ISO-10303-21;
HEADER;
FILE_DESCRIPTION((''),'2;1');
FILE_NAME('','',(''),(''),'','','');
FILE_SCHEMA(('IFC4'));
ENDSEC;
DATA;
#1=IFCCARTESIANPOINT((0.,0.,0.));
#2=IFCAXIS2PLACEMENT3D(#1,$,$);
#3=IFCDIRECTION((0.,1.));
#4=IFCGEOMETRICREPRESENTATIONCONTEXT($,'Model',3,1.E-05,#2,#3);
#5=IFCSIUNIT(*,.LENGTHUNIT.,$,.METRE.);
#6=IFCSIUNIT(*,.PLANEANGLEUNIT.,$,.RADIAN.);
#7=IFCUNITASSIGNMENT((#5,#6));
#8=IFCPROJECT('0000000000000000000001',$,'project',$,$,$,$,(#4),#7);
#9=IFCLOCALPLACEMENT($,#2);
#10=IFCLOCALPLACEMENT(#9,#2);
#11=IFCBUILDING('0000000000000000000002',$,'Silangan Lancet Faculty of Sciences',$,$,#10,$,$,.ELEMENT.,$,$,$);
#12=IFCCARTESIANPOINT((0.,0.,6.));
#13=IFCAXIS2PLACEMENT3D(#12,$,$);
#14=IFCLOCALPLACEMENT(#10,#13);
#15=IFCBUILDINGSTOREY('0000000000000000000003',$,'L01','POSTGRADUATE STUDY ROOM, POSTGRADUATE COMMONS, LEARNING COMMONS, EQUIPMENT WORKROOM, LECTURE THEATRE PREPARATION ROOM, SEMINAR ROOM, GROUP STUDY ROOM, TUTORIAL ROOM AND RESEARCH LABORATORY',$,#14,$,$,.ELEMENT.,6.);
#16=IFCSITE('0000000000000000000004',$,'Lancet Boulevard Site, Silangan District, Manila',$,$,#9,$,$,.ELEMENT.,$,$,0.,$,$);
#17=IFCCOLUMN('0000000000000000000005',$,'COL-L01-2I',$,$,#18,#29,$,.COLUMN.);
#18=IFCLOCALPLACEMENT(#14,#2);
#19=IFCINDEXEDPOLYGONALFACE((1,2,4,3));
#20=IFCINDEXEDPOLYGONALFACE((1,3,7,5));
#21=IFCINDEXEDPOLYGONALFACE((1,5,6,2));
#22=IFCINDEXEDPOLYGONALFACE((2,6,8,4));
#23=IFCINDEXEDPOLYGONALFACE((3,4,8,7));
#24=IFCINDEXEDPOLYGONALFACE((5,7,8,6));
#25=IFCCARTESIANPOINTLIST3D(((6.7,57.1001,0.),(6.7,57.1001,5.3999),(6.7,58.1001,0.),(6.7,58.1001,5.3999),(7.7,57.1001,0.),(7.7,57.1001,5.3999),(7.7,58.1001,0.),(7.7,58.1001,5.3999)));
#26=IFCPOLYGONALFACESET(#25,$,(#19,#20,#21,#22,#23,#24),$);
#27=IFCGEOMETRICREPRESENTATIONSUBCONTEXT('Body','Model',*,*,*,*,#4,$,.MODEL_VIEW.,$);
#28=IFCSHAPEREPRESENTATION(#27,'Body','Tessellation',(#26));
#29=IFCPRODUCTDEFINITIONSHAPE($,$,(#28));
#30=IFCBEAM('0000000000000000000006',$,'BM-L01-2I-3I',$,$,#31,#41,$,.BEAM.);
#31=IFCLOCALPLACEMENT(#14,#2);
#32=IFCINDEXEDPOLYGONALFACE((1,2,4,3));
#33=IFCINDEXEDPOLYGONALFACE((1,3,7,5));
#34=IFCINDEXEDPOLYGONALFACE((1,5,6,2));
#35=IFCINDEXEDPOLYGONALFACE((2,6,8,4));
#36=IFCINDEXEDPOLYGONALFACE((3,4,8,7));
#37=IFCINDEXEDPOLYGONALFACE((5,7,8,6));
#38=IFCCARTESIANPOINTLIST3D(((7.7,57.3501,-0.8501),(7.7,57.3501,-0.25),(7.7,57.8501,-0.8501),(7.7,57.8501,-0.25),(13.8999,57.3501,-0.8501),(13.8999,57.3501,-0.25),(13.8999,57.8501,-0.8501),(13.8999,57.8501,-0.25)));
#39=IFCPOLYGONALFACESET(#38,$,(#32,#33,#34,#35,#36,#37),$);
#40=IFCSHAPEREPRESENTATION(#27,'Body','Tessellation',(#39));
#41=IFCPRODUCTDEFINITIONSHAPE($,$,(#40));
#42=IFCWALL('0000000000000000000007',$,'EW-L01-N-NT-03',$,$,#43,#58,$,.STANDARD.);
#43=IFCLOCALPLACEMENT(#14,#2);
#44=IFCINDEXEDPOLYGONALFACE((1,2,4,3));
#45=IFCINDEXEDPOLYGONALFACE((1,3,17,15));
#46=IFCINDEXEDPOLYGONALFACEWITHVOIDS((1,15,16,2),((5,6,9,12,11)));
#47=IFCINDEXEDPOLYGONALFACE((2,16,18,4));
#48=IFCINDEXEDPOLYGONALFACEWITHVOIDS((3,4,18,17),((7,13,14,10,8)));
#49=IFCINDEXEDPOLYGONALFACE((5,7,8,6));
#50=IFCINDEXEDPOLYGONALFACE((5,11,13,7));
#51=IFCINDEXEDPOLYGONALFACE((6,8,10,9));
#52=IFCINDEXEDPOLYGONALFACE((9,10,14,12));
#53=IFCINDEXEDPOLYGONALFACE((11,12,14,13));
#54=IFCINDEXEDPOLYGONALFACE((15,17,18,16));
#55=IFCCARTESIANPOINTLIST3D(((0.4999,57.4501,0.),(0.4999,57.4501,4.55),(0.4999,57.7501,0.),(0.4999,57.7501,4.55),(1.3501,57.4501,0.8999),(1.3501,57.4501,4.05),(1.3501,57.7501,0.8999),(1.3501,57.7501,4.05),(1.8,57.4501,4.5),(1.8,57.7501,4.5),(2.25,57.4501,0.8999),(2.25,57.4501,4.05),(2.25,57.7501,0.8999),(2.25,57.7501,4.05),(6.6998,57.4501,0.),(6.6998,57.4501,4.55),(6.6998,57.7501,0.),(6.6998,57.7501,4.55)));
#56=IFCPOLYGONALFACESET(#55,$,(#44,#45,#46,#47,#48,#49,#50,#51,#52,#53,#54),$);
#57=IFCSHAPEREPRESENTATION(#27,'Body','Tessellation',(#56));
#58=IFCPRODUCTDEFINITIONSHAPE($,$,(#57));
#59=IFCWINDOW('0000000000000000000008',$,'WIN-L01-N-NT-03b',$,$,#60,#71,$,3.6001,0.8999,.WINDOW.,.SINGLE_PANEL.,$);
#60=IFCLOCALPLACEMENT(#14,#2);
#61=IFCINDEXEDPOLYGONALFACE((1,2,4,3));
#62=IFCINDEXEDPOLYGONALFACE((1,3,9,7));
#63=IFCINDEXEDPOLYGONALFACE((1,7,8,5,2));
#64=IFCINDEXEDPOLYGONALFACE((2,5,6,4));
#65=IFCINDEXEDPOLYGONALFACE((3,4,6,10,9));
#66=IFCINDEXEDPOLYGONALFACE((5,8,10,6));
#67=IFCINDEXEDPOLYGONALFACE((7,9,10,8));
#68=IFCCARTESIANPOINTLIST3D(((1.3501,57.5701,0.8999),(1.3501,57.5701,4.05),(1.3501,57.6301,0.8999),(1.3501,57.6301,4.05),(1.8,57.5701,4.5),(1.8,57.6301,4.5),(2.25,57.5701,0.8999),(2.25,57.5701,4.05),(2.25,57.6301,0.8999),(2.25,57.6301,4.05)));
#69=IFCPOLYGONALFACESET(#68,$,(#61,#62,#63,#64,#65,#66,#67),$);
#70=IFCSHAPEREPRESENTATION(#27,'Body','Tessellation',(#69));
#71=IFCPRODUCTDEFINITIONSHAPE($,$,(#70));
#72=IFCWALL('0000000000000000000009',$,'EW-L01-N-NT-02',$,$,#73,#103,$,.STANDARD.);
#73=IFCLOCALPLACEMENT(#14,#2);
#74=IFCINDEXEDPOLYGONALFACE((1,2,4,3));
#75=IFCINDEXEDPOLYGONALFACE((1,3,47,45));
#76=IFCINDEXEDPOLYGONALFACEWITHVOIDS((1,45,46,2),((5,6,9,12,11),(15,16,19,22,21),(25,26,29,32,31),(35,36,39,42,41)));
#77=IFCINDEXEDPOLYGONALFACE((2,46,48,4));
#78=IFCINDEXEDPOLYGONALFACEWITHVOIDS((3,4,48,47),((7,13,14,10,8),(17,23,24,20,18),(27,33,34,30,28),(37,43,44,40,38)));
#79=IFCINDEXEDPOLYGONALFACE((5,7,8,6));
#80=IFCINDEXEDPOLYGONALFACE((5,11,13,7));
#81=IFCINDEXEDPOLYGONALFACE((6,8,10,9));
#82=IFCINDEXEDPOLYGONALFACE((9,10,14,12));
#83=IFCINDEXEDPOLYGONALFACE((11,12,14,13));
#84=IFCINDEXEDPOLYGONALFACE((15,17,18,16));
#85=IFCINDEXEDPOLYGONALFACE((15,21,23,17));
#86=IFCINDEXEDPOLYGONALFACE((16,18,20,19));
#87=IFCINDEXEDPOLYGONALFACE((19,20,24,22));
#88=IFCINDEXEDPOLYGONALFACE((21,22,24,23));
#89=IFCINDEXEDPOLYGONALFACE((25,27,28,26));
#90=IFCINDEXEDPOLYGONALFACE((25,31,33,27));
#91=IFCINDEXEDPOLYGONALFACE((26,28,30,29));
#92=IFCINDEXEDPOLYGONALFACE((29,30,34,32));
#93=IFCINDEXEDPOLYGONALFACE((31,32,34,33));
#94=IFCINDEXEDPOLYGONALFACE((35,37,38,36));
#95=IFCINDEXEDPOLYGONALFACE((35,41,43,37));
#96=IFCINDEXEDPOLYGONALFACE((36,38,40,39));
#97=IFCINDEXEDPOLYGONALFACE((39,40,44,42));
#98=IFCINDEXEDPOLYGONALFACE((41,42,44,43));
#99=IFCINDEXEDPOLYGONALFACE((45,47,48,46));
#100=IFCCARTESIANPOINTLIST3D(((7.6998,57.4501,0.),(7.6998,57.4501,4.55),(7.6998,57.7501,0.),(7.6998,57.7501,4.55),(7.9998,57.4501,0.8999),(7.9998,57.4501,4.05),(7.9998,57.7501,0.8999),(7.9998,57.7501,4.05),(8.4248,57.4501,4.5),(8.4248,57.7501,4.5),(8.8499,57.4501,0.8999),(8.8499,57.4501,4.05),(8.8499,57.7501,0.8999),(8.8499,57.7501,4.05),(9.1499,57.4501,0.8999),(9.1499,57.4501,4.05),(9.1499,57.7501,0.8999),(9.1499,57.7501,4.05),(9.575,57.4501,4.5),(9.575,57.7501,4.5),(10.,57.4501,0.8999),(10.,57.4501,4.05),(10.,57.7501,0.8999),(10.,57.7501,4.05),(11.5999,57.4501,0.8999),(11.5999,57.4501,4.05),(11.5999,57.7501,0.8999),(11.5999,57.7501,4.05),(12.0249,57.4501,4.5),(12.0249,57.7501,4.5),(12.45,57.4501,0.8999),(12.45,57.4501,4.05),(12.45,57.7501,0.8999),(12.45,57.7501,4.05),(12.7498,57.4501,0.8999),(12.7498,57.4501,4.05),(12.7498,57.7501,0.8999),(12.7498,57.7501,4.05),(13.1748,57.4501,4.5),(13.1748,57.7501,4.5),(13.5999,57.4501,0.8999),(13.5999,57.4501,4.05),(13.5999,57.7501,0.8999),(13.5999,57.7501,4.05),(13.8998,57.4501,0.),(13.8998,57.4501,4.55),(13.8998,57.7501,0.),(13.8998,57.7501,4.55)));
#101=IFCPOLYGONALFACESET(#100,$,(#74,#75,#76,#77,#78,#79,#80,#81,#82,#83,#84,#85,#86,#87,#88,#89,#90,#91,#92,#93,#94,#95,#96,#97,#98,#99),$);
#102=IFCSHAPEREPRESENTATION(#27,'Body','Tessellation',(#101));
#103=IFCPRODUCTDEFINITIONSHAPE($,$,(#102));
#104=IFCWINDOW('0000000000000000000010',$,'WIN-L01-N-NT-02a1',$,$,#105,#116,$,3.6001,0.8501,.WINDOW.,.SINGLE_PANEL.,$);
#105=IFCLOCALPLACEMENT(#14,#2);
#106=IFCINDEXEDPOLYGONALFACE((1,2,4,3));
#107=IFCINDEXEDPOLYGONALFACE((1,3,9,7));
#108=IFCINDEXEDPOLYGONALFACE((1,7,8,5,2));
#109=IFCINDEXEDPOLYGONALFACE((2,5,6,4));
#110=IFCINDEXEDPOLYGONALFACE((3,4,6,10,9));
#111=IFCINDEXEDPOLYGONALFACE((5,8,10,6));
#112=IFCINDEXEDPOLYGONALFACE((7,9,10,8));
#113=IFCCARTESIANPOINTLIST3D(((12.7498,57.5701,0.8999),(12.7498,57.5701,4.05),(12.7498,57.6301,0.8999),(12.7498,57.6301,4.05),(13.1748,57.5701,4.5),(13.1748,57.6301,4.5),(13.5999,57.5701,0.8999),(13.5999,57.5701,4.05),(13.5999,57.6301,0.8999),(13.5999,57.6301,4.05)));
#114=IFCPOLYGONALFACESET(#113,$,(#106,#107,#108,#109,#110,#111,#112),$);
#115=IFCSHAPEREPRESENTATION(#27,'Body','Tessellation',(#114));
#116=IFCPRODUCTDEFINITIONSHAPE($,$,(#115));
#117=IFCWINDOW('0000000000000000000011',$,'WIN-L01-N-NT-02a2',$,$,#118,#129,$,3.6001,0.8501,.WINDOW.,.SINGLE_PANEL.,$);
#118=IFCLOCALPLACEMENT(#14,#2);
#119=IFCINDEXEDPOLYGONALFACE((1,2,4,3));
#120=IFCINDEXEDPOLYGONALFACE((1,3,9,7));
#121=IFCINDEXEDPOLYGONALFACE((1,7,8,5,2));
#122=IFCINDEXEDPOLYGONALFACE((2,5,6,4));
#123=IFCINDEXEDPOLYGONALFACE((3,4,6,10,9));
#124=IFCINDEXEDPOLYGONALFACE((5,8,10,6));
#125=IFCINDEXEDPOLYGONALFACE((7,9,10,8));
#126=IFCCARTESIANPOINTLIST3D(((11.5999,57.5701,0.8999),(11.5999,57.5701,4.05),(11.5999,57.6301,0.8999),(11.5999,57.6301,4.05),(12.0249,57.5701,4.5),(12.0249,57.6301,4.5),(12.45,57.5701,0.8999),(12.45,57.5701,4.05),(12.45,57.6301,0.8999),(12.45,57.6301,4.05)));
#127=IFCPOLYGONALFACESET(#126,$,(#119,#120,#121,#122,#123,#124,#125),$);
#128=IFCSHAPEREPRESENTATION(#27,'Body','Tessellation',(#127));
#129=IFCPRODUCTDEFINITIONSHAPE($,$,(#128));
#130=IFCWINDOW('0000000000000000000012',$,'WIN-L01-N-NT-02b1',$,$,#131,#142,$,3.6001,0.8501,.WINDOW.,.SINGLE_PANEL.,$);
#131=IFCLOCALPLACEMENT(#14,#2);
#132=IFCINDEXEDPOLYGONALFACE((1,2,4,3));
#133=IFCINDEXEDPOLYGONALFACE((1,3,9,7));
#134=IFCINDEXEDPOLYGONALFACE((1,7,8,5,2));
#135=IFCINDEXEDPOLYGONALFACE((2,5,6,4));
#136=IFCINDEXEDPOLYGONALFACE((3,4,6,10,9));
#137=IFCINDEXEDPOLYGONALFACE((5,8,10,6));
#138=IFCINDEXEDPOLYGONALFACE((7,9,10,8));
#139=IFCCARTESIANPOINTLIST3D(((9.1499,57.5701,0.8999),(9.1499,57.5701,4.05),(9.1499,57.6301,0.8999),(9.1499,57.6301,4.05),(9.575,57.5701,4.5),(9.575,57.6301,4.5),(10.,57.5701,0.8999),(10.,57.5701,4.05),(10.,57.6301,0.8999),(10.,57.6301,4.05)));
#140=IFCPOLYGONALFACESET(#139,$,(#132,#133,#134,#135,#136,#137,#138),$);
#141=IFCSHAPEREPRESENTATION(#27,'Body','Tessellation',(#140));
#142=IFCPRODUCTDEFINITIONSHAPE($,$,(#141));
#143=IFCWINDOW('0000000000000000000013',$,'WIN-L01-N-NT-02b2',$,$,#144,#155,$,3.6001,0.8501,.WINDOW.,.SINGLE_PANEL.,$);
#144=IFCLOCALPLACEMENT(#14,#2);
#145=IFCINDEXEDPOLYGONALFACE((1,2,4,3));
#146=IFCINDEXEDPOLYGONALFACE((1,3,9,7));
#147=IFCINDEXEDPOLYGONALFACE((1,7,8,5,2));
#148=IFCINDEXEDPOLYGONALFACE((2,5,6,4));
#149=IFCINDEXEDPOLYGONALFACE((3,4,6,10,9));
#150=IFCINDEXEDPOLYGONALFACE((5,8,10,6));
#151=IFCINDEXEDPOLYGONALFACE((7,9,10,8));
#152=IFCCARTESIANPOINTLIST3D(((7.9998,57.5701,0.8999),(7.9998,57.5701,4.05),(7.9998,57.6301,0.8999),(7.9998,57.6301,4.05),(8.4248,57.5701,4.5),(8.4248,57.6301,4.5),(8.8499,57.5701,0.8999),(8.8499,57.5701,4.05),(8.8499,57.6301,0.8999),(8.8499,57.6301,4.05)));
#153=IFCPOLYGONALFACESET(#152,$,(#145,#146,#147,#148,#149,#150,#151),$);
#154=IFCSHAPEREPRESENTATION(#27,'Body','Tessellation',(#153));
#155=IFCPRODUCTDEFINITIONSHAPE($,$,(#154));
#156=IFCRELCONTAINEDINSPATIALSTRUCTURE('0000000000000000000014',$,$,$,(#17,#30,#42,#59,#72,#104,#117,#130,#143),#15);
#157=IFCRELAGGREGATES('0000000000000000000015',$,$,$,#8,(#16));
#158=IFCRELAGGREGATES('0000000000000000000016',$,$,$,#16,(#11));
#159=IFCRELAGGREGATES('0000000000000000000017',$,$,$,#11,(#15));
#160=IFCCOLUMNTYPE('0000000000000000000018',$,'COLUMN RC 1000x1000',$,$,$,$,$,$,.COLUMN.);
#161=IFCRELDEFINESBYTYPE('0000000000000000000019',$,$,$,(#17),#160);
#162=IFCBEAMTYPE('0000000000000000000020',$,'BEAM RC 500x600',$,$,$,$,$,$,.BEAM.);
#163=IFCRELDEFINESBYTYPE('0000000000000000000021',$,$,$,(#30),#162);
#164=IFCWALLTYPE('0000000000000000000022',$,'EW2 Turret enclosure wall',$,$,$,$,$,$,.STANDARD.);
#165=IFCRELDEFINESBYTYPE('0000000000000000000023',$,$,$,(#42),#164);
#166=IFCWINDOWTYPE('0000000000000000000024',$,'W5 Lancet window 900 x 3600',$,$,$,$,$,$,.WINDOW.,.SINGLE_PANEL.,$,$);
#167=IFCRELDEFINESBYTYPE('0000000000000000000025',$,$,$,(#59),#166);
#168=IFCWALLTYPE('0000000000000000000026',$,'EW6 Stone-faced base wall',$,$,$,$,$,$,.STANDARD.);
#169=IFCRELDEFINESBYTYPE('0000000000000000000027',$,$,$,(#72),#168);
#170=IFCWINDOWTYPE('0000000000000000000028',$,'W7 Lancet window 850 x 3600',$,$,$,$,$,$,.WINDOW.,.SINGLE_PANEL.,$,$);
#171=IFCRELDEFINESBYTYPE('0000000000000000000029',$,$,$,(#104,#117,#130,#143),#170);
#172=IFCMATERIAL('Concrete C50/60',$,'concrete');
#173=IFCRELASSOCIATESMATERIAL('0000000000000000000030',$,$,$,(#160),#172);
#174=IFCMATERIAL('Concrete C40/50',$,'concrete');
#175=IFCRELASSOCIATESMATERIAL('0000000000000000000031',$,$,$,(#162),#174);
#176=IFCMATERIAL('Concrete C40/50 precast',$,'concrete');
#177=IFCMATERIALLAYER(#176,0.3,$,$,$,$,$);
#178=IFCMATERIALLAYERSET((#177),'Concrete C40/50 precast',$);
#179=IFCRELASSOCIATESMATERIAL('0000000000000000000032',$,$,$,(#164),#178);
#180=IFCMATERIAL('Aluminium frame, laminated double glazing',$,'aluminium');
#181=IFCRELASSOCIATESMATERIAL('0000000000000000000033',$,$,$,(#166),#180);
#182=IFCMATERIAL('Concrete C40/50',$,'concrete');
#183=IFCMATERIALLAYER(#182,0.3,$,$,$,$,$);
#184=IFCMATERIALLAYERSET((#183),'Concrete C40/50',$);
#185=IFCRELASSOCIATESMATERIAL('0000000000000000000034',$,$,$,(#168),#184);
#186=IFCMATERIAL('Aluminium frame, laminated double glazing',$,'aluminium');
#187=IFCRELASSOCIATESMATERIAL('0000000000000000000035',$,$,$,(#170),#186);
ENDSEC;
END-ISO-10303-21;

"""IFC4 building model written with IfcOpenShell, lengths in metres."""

from ifc_helpers import new_model, si_unit, direction, frame, frame_2d, origin, origin_2d, place, context, subcontext, project, spatial, polyline, rectangle, outline, extrude, material, layer, layer_set, material_profile, profile_set, type_object, element, fill, save


model = new_model("IFC4")

# Units and contexts
model_context = context("Model", 3, precision=1e-05, world=origin(), true_north=direction((0.0, 1.0)))
body_context = subcontext(model_context, "Body", "Model", "MODEL_VIEW")
ifc_project = project(units=[si_unit("LENGTHUNIT", "METRE"), si_unit("PLANEANGLEUNIT", "RADIAN")], contexts=[model_context])

# Site, building, storey
site_placement = place(None, origin())
site = spatial("IfcSite", under=ifc_project, at=site_placement, Name="Lancet Boulevard Site, Silangan District, Manila", CompositionType="ELEMENT", RefElevation=0.0)
building_placement = place(site_placement, origin())
building = spatial("IfcBuilding", under=site, at=building_placement, Name="Silangan Lancet Faculty of Sciences", CompositionType="ELEMENT")
storey_placement = place(building_placement, frame((0.0, 0.0, 6.0)))
storey = spatial("IfcBuildingStorey", under=building, at=storey_placement, Name="L01", Description="POSTGRADUATE STUDY ROOM, POSTGRADUATE COMMONS, LEARNING COMMONS, EQUIPMENT WORKROOM, LECTURE THEATRE PREPARATION ROOM, SEMINAR ROOM, GROUP STUDY ROOM, TUTORIAL ROOM AND RESEARCH LABORATORY", CompositionType="ELEMENT", Elevation=6.0)

# Column
ifc_material_1 = material(Name="Concrete C50/60", Category="concrete")
ifc_material_profile_1 = material_profile(ifc_material_1, rectangle(XDim=1.0, YDim=1.0, at=origin_2d()), Name="RC 1000x1000")
ifc_profile_set_1 = profile_set([ifc_material_profile_1], Name="Concrete C50/60")
column_type = type_object("IfcColumnType", Name="COLUMN RC 1000x1000", PredefinedType="COLUMN", material=ifc_profile_set_1)
column_placement = place(storey_placement, frame((7.2, 57.6001, 0.0), z_axis=(0.0, 0.0, 1.0), x_axis=(1.0, 0.0, 0.0)))
element("IfcColumn", 1, at=column_placement, inside=storey, type_object=column_type, Name="COL-L01-2I", PredefinedType="COLUMN", context=body_context, shape_type="SweptSolid", body=[
    extrude(rectangle(XDim=1.0, YDim=1.0, at=origin_2d()), origin(), (0.0, 0.0, 1.0), 5.3999),
])

# Beam
ifc_material_2 = material(Name="Concrete C40/50", Category="concrete")
ifc_material_profile_2 = material_profile(ifc_material_2, rectangle(XDim=0.5, YDim=0.6001, at=origin_2d()), Name="RC 500x600")
ifc_profile_set_2 = profile_set([ifc_material_profile_2], Name="Concrete C40/50")
beam_type = type_object("IfcBeamType", Name="BEAM RC 500x600", PredefinedType="BEAM", material=ifc_profile_set_2)
beam_placement = place(storey_placement, frame((7.7, 57.6001, -0.55), z_axis=(1.0, 0.0, 0.0), x_axis=(0.0, 1.0, 0.0)))
element("IfcBeam", 2, at=beam_placement, inside=storey, type_object=beam_type, Name="BM-L01-2I-3I", PredefinedType="BEAM", context=body_context, shape_type="SweptSolid", body=[
    extrude(rectangle(XDim=0.5, YDim=0.6001, at=origin_2d()), origin(), (0.0, 0.0, 1.0), 6.2),
])

# Wall, opening, window
ifc_material_3 = material(Name="Concrete C40/50 precast", Category="concrete")
ifc_layer_1 = layer(ifc_material_3, 0.3)
ifc_layer_set_1 = layer_set([ifc_layer_1], Name="Concrete C40/50 precast")
wall_type_1 = type_object("IfcWallType", Name="EW2 Turret enclosure wall", PredefinedType="STANDARD", material=ifc_layer_set_1)
wall_1_placement = place(storey_placement, frame((6.7, 57.6001, 0.0), z_axis=(0.0, 0.0, 1.0), x_axis=(-1.0, 0.0, 0.0)))
wall_1 = element("IfcWall", 3, at=wall_1_placement, inside=storey, type_object=wall_type_1, Name="EW-L01-N-NT-03", PredefinedType="STANDARD", context=body_context, shape_type="SweptSolid", body=[
    extrude(rectangle(XDim=6.2, YDim=0.3, at=frame_2d((3.1001, 0.0))), origin(), (0.0, 0.0, 1.0), 4.55),
])
opening_1_placement = place(wall_1_placement, frame((4.45, 0.0, 0.8999)))
opening_1 = element("IfcOpeningElement", 4, at=opening_1_placement, cuts=wall_1, PredefinedType="OPENING", context=body_context, shape_type="SweptSolid", body=[
    extrude(outline(polyline([(0.0, 0.0), (0.8999, 0.0), (0.8999, 3.1501), (0.45, 3.6001), (0.0, 3.1501), (0.0, 0.0)])), frame((0.0, 0.1599, 0.0), z_axis=(0.0, -1.0, 0.0), x_axis=(1.0, 0.0, 0.0)), (0.0, 0.0, 1.0), 0.3201),
])
ifc_material_4 = material(Name="Aluminium frame, laminated double glazing", Category="aluminium")
window_type_1 = type_object("IfcWindowType", Name="W5 Lancet window 900 x 3600", PartitioningType="SINGLE_PANEL", PredefinedType="WINDOW", material=ifc_material_4)
window_1_placement = place(opening_1_placement, origin())
window_1 = element("IfcWindow", 5, at=window_1_placement, inside=storey, type_object=window_type_1, Name="WIN-L01-N-NT-03b", OverallHeight=3.6001, OverallWidth=0.8999, PartitioningType="SINGLE_PANEL", PredefinedType="WINDOW", context=body_context, shape_type="SweptSolid", body=[
    extrude(outline(polyline([(0.0, 0.0), (0.8999, 0.0), (0.8999, 3.1501), (0.45, 3.6001), (0.0, 3.1501), (0.0, 0.0)])), frame((0.0, 0.03, 0.0), z_axis=(0.0, -1.0, 0.0), x_axis=(1.0, 0.0, 0.0)), (0.0, 0.0, 1.0), 0.0601),
])
fill(opening_1, window_1)

# Wall, openings, windows
ifc_material_5 = material(Name="Concrete C40/50", Category="concrete")
ifc_layer_2 = layer(ifc_material_5, 0.3)
ifc_layer_set_2 = layer_set([ifc_layer_2], Name="Concrete C40/50")
wall_type_2 = type_object("IfcWallType", Name="EW6 Stone-faced base wall", PredefinedType="STANDARD", material=ifc_layer_set_2)
wall_2_placement = place(storey_placement, frame((13.8999, 57.6001, 0.0), z_axis=(0.0, 0.0, 1.0), x_axis=(-1.0, 0.0, 0.0)))
wall_2 = element("IfcWall", 6, at=wall_2_placement, inside=storey, type_object=wall_type_2, Name="EW-L01-N-NT-02", PredefinedType="STANDARD", context=body_context, shape_type="SweptSolid", body=[
    extrude(rectangle(XDim=6.2, YDim=0.3, at=frame_2d((3.1001, 0.0))), origin(), (0.0, 0.0, 1.0), 4.55),
])
opening_2_placement = place(wall_2_placement, frame((0.3, 0.0, 0.8999)))
opening_2 = element("IfcOpeningElement", 7, at=opening_2_placement, cuts=wall_2, PredefinedType="OPENING", context=body_context, shape_type="SweptSolid", body=[
    extrude(outline(polyline([(0.0, 0.0), (0.8501, 0.0), (0.8501, 3.1501), (0.425, 3.6001), (0.0, 3.1501), (0.0, 0.0)])), frame((0.0, 0.1599, 0.0), z_axis=(0.0, -1.0, 0.0), x_axis=(1.0, 0.0, 0.0)), (0.0, 0.0, 1.0), 0.3201),
])
opening_3_placement = place(wall_2_placement, frame((1.45, 0.0, 0.8999)))
opening_3 = element("IfcOpeningElement", 8, at=opening_3_placement, cuts=wall_2, PredefinedType="OPENING", context=body_context, shape_type="SweptSolid", body=[
    extrude(outline(polyline([(0.0, 0.0), (0.8501, 0.0), (0.8501, 3.1501), (0.425, 3.6001), (0.0, 3.1501), (0.0, 0.0)])), frame((0.0, 0.1599, 0.0), z_axis=(0.0, -1.0, 0.0), x_axis=(1.0, 0.0, 0.0)), (0.0, 0.0, 1.0), 0.3201),
])
opening_4_placement = place(wall_2_placement, frame((3.8999, 0.0, 0.8999)))
opening_4 = element("IfcOpeningElement", 9, at=opening_4_placement, cuts=wall_2, PredefinedType="OPENING", context=body_context, shape_type="SweptSolid", body=[
    extrude(outline(polyline([(0.0, 0.0), (0.8501, 0.0), (0.8501, 3.1501), (0.425, 3.6001), (0.0, 3.1501), (0.0, 0.0)])), frame((0.0, 0.1599, 0.0), z_axis=(0.0, -1.0, 0.0), x_axis=(1.0, 0.0, 0.0)), (0.0, 0.0, 1.0), 0.3201),
])
opening_5_placement = place(wall_2_placement, frame((5.05, 0.0, 0.8999)))
opening_5 = element("IfcOpeningElement", 10, at=opening_5_placement, cuts=wall_2, PredefinedType="OPENING", context=body_context, shape_type="SweptSolid", body=[
    extrude(outline(polyline([(0.0, 0.0), (0.8501, 0.0), (0.8501, 3.1501), (0.425, 3.6001), (0.0, 3.1501), (0.0, 0.0)])), frame((0.0, 0.1599, 0.0), z_axis=(0.0, -1.0, 0.0), x_axis=(1.0, 0.0, 0.0)), (0.0, 0.0, 1.0), 0.3201),
])
ifc_material_6 = material(Name="Aluminium frame, laminated double glazing", Category="aluminium")
window_type_2 = type_object("IfcWindowType", Name="W7 Lancet window 850 x 3600", PartitioningType="SINGLE_PANEL", PredefinedType="WINDOW", material=ifc_material_6)
window_2_placement = place(opening_2_placement, origin())
window_2 = element("IfcWindow", 11, at=window_2_placement, inside=storey, type_object=window_type_2, Name="WIN-L01-N-NT-02a1", OverallHeight=3.6001, OverallWidth=0.8501, PartitioningType="SINGLE_PANEL", PredefinedType="WINDOW", context=body_context, shape_type="SweptSolid", body=[
    extrude(outline(polyline([(0.0, 0.0), (0.8501, 0.0), (0.8501, 3.1501), (0.425, 3.6001), (0.0, 3.1501), (0.0, 0.0)])), frame((0.0, 0.03, 0.0), z_axis=(0.0, -1.0, 0.0), x_axis=(1.0, 0.0, 0.0)), (0.0, 0.0, 1.0), 0.0601),
])
fill(opening_2, window_2)
window_3_placement = place(opening_3_placement, origin())
window_3 = element("IfcWindow", 12, at=window_3_placement, inside=storey, type_object=window_type_2, Name="WIN-L01-N-NT-02a2", OverallHeight=3.6001, OverallWidth=0.8501, PartitioningType="SINGLE_PANEL", PredefinedType="WINDOW", context=body_context, shape_type="SweptSolid", body=[
    extrude(outline(polyline([(0.0, 0.0), (0.8501, 0.0), (0.8501, 3.1501), (0.425, 3.6001), (0.0, 3.1501), (0.0, 0.0)])), frame((0.0, 0.03, 0.0), z_axis=(0.0, -1.0, 0.0), x_axis=(1.0, 0.0, 0.0)), (0.0, 0.0, 1.0), 0.0601),
])
fill(opening_3, window_3)
window_4_placement = place(opening_4_placement, origin())
window_4 = element("IfcWindow", 13, at=window_4_placement, inside=storey, type_object=window_type_2, Name="WIN-L01-N-NT-02b1", OverallHeight=3.6001, OverallWidth=0.8501, PartitioningType="SINGLE_PANEL", PredefinedType="WINDOW", context=body_context, shape_type="SweptSolid", body=[
    extrude(outline(polyline([(0.0, 0.0), (0.8501, 0.0), (0.8501, 3.1501), (0.425, 3.6001), (0.0, 3.1501), (0.0, 0.0)])), frame((0.0, 0.03, 0.0), z_axis=(0.0, -1.0, 0.0), x_axis=(1.0, 0.0, 0.0)), (0.0, 0.0, 1.0), 0.0601),
])
fill(opening_4, window_4)
window_5_placement = place(opening_5_placement, origin())
window_5 = element("IfcWindow", 14, at=window_5_placement, inside=storey, type_object=window_type_2, Name="WIN-L01-N-NT-02b2", OverallHeight=3.6001, OverallWidth=0.8501, PartitioningType="SINGLE_PANEL", PredefinedType="WINDOW", context=body_context, shape_type="SweptSolid", body=[
    extrude(outline(polyline([(0.0, 0.0), (0.8501, 0.0), (0.8501, 3.1501), (0.425, 3.6001), (0.0, 3.1501), (0.0, 0.0)])), frame((0.0, 0.03, 0.0), z_axis=(0.0, -1.0, 0.0), x_axis=(1.0, 0.0, 0.0)), (0.0, 0.0, 1.0), 0.0601),
])
fill(opening_5, window_5)

save(model, "model.ifc")
